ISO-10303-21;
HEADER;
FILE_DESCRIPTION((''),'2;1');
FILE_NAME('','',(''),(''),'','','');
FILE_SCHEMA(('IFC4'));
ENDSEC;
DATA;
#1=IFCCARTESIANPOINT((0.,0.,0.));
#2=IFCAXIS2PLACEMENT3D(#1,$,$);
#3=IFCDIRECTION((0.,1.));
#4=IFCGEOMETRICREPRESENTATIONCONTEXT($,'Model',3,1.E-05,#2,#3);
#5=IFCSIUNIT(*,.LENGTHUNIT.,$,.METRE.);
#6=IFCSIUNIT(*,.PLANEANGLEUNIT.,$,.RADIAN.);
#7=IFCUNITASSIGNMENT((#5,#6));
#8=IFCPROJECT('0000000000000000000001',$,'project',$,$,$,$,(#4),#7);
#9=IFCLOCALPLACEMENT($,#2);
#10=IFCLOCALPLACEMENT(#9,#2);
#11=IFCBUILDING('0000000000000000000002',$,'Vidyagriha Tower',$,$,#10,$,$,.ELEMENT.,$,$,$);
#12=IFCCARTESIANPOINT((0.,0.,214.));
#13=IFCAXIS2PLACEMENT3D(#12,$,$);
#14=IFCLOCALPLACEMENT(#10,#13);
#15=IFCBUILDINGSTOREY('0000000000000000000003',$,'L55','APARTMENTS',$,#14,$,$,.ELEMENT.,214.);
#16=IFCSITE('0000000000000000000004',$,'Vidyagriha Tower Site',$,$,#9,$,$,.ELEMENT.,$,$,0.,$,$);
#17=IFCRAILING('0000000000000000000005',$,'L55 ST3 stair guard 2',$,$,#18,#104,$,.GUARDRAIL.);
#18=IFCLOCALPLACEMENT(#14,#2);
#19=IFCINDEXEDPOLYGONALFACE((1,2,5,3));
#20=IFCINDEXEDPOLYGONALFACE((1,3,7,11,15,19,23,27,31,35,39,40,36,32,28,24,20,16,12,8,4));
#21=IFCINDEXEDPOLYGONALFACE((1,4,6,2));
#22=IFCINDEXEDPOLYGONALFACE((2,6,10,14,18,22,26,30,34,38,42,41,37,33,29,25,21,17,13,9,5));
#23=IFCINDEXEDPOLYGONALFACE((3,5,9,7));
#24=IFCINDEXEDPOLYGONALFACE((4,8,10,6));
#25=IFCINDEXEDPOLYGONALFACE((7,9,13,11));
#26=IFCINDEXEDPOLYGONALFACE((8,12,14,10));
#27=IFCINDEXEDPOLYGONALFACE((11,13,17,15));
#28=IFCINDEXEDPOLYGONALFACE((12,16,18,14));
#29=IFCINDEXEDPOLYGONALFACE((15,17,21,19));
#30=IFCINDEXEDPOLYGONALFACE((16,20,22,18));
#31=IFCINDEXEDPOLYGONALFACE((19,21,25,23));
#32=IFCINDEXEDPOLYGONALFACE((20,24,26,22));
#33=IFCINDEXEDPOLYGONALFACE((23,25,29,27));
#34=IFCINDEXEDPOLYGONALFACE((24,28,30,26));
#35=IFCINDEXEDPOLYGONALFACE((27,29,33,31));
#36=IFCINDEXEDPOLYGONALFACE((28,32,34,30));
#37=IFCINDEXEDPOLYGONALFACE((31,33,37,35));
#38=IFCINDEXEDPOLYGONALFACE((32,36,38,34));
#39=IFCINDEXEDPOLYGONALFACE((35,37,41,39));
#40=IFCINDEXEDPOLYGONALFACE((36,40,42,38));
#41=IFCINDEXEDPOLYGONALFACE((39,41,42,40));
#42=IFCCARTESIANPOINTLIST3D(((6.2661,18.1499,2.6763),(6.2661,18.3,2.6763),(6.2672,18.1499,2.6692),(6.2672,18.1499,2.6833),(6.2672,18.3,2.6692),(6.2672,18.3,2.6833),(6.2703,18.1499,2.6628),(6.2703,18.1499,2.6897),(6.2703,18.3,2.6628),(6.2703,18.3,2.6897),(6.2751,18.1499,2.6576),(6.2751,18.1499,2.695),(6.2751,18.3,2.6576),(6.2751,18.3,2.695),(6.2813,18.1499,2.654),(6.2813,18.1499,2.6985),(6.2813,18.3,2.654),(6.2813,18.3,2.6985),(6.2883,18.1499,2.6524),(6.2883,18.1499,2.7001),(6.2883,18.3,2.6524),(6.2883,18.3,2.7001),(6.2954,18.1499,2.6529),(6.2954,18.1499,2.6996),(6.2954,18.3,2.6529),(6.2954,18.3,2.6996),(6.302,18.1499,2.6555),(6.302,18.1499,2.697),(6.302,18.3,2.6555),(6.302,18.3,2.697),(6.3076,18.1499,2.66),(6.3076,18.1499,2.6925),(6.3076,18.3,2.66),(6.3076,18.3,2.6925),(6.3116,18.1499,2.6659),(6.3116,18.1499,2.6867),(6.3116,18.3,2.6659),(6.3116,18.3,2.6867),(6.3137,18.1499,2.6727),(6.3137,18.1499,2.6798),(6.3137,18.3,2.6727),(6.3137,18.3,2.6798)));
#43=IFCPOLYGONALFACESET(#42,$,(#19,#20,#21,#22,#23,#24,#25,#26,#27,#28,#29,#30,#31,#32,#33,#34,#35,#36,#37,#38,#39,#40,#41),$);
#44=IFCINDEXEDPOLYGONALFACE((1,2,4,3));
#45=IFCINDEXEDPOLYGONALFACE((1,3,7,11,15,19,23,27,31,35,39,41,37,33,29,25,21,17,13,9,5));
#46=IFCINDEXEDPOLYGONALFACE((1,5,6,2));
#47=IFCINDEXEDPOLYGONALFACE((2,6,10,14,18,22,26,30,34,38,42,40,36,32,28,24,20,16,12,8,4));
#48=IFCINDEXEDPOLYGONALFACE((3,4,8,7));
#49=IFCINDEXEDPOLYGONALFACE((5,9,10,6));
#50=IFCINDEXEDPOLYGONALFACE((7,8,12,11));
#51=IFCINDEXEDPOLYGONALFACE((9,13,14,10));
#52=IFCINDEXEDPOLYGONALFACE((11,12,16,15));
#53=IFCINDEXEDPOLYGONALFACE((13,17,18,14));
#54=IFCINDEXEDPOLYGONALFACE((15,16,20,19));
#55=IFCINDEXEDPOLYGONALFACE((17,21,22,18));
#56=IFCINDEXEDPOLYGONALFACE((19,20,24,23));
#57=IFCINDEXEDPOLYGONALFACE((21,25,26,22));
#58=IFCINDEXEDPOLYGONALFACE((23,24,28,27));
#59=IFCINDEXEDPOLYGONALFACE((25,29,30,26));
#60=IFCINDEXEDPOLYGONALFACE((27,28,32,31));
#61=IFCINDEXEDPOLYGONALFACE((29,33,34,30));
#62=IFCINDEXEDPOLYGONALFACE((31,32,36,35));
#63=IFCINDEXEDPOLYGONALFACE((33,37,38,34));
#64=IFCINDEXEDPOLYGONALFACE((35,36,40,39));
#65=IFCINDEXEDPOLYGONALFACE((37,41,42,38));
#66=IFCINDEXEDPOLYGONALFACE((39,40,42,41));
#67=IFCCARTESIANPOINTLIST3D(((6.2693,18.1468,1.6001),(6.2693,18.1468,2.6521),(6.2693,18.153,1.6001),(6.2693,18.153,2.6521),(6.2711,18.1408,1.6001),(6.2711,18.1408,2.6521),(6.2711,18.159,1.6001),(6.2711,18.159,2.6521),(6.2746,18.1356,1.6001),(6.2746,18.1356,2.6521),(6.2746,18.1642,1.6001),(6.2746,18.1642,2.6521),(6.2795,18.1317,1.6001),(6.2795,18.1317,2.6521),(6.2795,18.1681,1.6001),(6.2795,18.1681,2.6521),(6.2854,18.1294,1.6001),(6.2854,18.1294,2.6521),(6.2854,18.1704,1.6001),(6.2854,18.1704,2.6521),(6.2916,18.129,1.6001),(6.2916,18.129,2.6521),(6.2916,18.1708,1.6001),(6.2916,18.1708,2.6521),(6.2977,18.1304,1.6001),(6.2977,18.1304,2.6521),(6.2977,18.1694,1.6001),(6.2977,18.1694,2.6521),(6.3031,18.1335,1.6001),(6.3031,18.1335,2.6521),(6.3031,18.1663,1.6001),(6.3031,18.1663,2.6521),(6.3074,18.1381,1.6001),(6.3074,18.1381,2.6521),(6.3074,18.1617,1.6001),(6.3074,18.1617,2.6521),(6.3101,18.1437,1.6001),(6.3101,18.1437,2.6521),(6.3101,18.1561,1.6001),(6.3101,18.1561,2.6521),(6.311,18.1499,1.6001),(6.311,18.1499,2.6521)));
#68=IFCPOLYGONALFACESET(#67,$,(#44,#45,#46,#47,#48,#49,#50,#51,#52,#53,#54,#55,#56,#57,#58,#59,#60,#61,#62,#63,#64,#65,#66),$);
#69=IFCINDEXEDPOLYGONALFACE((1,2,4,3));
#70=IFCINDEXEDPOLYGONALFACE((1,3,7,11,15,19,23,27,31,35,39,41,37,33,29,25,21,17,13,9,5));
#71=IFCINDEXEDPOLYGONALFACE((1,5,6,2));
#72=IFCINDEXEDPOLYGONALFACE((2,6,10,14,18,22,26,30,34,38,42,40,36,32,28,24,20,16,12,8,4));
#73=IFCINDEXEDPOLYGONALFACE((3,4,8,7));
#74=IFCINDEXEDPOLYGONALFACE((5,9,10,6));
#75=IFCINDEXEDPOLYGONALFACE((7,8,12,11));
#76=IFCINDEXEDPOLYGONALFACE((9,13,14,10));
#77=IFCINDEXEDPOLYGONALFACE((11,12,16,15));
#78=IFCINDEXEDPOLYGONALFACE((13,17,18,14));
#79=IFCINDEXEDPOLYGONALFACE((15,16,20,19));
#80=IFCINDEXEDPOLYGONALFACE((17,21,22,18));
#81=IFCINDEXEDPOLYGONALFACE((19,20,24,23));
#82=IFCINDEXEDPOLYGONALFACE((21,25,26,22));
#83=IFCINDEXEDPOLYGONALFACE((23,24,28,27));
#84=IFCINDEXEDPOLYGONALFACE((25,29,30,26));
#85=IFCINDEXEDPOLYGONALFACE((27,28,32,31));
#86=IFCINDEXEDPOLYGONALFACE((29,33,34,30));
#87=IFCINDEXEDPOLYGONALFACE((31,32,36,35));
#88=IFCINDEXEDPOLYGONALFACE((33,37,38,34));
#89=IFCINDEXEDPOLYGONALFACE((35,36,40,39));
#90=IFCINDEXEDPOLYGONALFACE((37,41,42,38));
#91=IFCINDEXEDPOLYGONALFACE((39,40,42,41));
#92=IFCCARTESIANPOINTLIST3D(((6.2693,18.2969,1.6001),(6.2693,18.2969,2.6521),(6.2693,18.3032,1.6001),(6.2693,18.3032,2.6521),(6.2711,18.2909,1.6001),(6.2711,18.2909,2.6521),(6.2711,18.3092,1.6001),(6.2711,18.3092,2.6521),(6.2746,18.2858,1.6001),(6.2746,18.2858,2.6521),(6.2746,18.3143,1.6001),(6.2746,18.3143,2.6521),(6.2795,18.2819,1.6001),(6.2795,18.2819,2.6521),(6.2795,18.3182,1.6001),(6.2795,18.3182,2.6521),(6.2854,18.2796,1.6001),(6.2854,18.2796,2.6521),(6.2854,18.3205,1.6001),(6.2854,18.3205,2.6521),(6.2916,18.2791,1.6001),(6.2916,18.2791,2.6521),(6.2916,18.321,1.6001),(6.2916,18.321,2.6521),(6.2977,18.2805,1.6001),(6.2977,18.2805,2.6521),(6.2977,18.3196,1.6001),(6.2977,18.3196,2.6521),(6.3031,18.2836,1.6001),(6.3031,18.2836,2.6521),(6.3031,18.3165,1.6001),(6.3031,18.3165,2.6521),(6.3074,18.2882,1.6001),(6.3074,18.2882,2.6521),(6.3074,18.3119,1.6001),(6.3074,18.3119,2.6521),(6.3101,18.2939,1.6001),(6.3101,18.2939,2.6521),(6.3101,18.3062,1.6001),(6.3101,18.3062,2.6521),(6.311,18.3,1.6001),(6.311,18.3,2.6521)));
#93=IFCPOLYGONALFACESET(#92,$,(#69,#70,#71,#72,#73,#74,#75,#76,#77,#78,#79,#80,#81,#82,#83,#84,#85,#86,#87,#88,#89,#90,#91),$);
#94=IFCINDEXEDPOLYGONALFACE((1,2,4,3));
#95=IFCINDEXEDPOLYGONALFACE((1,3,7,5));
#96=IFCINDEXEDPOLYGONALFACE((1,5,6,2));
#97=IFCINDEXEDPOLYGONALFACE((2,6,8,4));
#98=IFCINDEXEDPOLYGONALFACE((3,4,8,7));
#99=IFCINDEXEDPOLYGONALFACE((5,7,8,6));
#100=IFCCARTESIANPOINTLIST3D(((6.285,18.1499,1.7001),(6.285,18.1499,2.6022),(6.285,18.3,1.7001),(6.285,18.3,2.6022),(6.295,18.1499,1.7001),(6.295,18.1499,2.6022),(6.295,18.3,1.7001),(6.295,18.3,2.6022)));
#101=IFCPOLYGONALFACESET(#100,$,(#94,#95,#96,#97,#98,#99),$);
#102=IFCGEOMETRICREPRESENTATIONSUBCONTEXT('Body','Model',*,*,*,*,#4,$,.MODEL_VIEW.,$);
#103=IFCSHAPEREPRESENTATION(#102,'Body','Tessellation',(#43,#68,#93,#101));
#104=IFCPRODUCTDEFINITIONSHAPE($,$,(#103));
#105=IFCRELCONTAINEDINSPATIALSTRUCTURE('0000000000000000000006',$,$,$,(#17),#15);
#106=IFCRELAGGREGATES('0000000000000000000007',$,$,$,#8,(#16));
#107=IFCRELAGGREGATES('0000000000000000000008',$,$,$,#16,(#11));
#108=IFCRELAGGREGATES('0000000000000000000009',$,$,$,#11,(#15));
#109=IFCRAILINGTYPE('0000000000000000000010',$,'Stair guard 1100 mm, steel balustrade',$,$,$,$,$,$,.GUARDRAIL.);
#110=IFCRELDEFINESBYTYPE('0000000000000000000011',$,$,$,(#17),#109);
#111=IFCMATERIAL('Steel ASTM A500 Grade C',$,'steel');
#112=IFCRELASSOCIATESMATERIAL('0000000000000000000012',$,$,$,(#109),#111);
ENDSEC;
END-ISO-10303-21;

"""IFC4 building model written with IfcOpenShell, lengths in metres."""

from ifc_helpers import new_model, si_unit, direction, frame, origin, origin_2d, place, context, subcontext, project, spatial, rectangle, circle, extrude, material, type_object, element, save


model = new_model("IFC4")

# Units and contexts
model_context = context("Model", 3, precision=1e-05, world=origin(), true_north=direction((0.0, 1.0)))
body_context = subcontext(model_context, "Body", "Model", "MODEL_VIEW")
ifc_project = project(units=[si_unit("LENGTHUNIT", "METRE"), si_unit("PLANEANGLEUNIT", "RADIAN")], contexts=[model_context])

# Site, building, storey
site_placement = place(None, origin())
site = spatial("IfcSite", under=ifc_project, at=site_placement, Name="Vidyagriha Tower Site", CompositionType="ELEMENT", RefElevation=0.0)
building_placement = place(site_placement, origin())
building = spatial("IfcBuilding", under=site, at=building_placement, Name="Vidyagriha Tower", CompositionType="ELEMENT")
storey_placement = place(building_placement, frame((0.0, 0.0, 214.0)))
storey = spatial("IfcBuildingStorey", under=building, at=storey_placement, Name="L55", Description="APARTMENTS", CompositionType="ELEMENT", Elevation=214.0)

# Railing
ifc_material_1 = material(Name="Steel ASTM A500 Grade C", Category="steel")
railing_type_1 = type_object("IfcRailingType", Name="Stair guard 1100 mm, steel balustrade", PredefinedType="GUARDRAIL", material=ifc_material_1)
railing_1_placement = place(storey_placement, frame((6.29, 18.1499, 1.6001)))
element("IfcRailing", 1, at=railing_1_placement, inside=storey, type_object=railing_type_1, Name="L55 ST3 stair guard 2", PredefinedType="GUARDRAIL", context=body_context, shape_type="SweptSolid", body=[
    extrude(circle(Radius=0.0239, at=origin_2d()), frame((0.0, 0.0, 1.0762), z_axis=(0.0, 1.0, 0.0), x_axis=(-1.0, 0.0, 0.0)), (0.0, 0.0, 1.0), 0.1501),
    extrude(circle(Radius=0.021, at=origin_2d()), origin(), (0.0, 0.0, 1.0), 1.052),
    extrude(circle(Radius=0.021, at=origin_2d()), frame((0.0, 0.1501, 0.0)), (0.0, 0.0, 1.0), 1.052),
    extrude(rectangle(XDim=0.01, YDim=0.9021, at=origin_2d()), frame((0.0, 0.0, 0.551), z_axis=(0.0, 1.0, 0.0), x_axis=(-1.0, 0.0, 0.0)), (0.0, 0.0, 1.0), 0.1501),
])

save(model, "model.ifc")
